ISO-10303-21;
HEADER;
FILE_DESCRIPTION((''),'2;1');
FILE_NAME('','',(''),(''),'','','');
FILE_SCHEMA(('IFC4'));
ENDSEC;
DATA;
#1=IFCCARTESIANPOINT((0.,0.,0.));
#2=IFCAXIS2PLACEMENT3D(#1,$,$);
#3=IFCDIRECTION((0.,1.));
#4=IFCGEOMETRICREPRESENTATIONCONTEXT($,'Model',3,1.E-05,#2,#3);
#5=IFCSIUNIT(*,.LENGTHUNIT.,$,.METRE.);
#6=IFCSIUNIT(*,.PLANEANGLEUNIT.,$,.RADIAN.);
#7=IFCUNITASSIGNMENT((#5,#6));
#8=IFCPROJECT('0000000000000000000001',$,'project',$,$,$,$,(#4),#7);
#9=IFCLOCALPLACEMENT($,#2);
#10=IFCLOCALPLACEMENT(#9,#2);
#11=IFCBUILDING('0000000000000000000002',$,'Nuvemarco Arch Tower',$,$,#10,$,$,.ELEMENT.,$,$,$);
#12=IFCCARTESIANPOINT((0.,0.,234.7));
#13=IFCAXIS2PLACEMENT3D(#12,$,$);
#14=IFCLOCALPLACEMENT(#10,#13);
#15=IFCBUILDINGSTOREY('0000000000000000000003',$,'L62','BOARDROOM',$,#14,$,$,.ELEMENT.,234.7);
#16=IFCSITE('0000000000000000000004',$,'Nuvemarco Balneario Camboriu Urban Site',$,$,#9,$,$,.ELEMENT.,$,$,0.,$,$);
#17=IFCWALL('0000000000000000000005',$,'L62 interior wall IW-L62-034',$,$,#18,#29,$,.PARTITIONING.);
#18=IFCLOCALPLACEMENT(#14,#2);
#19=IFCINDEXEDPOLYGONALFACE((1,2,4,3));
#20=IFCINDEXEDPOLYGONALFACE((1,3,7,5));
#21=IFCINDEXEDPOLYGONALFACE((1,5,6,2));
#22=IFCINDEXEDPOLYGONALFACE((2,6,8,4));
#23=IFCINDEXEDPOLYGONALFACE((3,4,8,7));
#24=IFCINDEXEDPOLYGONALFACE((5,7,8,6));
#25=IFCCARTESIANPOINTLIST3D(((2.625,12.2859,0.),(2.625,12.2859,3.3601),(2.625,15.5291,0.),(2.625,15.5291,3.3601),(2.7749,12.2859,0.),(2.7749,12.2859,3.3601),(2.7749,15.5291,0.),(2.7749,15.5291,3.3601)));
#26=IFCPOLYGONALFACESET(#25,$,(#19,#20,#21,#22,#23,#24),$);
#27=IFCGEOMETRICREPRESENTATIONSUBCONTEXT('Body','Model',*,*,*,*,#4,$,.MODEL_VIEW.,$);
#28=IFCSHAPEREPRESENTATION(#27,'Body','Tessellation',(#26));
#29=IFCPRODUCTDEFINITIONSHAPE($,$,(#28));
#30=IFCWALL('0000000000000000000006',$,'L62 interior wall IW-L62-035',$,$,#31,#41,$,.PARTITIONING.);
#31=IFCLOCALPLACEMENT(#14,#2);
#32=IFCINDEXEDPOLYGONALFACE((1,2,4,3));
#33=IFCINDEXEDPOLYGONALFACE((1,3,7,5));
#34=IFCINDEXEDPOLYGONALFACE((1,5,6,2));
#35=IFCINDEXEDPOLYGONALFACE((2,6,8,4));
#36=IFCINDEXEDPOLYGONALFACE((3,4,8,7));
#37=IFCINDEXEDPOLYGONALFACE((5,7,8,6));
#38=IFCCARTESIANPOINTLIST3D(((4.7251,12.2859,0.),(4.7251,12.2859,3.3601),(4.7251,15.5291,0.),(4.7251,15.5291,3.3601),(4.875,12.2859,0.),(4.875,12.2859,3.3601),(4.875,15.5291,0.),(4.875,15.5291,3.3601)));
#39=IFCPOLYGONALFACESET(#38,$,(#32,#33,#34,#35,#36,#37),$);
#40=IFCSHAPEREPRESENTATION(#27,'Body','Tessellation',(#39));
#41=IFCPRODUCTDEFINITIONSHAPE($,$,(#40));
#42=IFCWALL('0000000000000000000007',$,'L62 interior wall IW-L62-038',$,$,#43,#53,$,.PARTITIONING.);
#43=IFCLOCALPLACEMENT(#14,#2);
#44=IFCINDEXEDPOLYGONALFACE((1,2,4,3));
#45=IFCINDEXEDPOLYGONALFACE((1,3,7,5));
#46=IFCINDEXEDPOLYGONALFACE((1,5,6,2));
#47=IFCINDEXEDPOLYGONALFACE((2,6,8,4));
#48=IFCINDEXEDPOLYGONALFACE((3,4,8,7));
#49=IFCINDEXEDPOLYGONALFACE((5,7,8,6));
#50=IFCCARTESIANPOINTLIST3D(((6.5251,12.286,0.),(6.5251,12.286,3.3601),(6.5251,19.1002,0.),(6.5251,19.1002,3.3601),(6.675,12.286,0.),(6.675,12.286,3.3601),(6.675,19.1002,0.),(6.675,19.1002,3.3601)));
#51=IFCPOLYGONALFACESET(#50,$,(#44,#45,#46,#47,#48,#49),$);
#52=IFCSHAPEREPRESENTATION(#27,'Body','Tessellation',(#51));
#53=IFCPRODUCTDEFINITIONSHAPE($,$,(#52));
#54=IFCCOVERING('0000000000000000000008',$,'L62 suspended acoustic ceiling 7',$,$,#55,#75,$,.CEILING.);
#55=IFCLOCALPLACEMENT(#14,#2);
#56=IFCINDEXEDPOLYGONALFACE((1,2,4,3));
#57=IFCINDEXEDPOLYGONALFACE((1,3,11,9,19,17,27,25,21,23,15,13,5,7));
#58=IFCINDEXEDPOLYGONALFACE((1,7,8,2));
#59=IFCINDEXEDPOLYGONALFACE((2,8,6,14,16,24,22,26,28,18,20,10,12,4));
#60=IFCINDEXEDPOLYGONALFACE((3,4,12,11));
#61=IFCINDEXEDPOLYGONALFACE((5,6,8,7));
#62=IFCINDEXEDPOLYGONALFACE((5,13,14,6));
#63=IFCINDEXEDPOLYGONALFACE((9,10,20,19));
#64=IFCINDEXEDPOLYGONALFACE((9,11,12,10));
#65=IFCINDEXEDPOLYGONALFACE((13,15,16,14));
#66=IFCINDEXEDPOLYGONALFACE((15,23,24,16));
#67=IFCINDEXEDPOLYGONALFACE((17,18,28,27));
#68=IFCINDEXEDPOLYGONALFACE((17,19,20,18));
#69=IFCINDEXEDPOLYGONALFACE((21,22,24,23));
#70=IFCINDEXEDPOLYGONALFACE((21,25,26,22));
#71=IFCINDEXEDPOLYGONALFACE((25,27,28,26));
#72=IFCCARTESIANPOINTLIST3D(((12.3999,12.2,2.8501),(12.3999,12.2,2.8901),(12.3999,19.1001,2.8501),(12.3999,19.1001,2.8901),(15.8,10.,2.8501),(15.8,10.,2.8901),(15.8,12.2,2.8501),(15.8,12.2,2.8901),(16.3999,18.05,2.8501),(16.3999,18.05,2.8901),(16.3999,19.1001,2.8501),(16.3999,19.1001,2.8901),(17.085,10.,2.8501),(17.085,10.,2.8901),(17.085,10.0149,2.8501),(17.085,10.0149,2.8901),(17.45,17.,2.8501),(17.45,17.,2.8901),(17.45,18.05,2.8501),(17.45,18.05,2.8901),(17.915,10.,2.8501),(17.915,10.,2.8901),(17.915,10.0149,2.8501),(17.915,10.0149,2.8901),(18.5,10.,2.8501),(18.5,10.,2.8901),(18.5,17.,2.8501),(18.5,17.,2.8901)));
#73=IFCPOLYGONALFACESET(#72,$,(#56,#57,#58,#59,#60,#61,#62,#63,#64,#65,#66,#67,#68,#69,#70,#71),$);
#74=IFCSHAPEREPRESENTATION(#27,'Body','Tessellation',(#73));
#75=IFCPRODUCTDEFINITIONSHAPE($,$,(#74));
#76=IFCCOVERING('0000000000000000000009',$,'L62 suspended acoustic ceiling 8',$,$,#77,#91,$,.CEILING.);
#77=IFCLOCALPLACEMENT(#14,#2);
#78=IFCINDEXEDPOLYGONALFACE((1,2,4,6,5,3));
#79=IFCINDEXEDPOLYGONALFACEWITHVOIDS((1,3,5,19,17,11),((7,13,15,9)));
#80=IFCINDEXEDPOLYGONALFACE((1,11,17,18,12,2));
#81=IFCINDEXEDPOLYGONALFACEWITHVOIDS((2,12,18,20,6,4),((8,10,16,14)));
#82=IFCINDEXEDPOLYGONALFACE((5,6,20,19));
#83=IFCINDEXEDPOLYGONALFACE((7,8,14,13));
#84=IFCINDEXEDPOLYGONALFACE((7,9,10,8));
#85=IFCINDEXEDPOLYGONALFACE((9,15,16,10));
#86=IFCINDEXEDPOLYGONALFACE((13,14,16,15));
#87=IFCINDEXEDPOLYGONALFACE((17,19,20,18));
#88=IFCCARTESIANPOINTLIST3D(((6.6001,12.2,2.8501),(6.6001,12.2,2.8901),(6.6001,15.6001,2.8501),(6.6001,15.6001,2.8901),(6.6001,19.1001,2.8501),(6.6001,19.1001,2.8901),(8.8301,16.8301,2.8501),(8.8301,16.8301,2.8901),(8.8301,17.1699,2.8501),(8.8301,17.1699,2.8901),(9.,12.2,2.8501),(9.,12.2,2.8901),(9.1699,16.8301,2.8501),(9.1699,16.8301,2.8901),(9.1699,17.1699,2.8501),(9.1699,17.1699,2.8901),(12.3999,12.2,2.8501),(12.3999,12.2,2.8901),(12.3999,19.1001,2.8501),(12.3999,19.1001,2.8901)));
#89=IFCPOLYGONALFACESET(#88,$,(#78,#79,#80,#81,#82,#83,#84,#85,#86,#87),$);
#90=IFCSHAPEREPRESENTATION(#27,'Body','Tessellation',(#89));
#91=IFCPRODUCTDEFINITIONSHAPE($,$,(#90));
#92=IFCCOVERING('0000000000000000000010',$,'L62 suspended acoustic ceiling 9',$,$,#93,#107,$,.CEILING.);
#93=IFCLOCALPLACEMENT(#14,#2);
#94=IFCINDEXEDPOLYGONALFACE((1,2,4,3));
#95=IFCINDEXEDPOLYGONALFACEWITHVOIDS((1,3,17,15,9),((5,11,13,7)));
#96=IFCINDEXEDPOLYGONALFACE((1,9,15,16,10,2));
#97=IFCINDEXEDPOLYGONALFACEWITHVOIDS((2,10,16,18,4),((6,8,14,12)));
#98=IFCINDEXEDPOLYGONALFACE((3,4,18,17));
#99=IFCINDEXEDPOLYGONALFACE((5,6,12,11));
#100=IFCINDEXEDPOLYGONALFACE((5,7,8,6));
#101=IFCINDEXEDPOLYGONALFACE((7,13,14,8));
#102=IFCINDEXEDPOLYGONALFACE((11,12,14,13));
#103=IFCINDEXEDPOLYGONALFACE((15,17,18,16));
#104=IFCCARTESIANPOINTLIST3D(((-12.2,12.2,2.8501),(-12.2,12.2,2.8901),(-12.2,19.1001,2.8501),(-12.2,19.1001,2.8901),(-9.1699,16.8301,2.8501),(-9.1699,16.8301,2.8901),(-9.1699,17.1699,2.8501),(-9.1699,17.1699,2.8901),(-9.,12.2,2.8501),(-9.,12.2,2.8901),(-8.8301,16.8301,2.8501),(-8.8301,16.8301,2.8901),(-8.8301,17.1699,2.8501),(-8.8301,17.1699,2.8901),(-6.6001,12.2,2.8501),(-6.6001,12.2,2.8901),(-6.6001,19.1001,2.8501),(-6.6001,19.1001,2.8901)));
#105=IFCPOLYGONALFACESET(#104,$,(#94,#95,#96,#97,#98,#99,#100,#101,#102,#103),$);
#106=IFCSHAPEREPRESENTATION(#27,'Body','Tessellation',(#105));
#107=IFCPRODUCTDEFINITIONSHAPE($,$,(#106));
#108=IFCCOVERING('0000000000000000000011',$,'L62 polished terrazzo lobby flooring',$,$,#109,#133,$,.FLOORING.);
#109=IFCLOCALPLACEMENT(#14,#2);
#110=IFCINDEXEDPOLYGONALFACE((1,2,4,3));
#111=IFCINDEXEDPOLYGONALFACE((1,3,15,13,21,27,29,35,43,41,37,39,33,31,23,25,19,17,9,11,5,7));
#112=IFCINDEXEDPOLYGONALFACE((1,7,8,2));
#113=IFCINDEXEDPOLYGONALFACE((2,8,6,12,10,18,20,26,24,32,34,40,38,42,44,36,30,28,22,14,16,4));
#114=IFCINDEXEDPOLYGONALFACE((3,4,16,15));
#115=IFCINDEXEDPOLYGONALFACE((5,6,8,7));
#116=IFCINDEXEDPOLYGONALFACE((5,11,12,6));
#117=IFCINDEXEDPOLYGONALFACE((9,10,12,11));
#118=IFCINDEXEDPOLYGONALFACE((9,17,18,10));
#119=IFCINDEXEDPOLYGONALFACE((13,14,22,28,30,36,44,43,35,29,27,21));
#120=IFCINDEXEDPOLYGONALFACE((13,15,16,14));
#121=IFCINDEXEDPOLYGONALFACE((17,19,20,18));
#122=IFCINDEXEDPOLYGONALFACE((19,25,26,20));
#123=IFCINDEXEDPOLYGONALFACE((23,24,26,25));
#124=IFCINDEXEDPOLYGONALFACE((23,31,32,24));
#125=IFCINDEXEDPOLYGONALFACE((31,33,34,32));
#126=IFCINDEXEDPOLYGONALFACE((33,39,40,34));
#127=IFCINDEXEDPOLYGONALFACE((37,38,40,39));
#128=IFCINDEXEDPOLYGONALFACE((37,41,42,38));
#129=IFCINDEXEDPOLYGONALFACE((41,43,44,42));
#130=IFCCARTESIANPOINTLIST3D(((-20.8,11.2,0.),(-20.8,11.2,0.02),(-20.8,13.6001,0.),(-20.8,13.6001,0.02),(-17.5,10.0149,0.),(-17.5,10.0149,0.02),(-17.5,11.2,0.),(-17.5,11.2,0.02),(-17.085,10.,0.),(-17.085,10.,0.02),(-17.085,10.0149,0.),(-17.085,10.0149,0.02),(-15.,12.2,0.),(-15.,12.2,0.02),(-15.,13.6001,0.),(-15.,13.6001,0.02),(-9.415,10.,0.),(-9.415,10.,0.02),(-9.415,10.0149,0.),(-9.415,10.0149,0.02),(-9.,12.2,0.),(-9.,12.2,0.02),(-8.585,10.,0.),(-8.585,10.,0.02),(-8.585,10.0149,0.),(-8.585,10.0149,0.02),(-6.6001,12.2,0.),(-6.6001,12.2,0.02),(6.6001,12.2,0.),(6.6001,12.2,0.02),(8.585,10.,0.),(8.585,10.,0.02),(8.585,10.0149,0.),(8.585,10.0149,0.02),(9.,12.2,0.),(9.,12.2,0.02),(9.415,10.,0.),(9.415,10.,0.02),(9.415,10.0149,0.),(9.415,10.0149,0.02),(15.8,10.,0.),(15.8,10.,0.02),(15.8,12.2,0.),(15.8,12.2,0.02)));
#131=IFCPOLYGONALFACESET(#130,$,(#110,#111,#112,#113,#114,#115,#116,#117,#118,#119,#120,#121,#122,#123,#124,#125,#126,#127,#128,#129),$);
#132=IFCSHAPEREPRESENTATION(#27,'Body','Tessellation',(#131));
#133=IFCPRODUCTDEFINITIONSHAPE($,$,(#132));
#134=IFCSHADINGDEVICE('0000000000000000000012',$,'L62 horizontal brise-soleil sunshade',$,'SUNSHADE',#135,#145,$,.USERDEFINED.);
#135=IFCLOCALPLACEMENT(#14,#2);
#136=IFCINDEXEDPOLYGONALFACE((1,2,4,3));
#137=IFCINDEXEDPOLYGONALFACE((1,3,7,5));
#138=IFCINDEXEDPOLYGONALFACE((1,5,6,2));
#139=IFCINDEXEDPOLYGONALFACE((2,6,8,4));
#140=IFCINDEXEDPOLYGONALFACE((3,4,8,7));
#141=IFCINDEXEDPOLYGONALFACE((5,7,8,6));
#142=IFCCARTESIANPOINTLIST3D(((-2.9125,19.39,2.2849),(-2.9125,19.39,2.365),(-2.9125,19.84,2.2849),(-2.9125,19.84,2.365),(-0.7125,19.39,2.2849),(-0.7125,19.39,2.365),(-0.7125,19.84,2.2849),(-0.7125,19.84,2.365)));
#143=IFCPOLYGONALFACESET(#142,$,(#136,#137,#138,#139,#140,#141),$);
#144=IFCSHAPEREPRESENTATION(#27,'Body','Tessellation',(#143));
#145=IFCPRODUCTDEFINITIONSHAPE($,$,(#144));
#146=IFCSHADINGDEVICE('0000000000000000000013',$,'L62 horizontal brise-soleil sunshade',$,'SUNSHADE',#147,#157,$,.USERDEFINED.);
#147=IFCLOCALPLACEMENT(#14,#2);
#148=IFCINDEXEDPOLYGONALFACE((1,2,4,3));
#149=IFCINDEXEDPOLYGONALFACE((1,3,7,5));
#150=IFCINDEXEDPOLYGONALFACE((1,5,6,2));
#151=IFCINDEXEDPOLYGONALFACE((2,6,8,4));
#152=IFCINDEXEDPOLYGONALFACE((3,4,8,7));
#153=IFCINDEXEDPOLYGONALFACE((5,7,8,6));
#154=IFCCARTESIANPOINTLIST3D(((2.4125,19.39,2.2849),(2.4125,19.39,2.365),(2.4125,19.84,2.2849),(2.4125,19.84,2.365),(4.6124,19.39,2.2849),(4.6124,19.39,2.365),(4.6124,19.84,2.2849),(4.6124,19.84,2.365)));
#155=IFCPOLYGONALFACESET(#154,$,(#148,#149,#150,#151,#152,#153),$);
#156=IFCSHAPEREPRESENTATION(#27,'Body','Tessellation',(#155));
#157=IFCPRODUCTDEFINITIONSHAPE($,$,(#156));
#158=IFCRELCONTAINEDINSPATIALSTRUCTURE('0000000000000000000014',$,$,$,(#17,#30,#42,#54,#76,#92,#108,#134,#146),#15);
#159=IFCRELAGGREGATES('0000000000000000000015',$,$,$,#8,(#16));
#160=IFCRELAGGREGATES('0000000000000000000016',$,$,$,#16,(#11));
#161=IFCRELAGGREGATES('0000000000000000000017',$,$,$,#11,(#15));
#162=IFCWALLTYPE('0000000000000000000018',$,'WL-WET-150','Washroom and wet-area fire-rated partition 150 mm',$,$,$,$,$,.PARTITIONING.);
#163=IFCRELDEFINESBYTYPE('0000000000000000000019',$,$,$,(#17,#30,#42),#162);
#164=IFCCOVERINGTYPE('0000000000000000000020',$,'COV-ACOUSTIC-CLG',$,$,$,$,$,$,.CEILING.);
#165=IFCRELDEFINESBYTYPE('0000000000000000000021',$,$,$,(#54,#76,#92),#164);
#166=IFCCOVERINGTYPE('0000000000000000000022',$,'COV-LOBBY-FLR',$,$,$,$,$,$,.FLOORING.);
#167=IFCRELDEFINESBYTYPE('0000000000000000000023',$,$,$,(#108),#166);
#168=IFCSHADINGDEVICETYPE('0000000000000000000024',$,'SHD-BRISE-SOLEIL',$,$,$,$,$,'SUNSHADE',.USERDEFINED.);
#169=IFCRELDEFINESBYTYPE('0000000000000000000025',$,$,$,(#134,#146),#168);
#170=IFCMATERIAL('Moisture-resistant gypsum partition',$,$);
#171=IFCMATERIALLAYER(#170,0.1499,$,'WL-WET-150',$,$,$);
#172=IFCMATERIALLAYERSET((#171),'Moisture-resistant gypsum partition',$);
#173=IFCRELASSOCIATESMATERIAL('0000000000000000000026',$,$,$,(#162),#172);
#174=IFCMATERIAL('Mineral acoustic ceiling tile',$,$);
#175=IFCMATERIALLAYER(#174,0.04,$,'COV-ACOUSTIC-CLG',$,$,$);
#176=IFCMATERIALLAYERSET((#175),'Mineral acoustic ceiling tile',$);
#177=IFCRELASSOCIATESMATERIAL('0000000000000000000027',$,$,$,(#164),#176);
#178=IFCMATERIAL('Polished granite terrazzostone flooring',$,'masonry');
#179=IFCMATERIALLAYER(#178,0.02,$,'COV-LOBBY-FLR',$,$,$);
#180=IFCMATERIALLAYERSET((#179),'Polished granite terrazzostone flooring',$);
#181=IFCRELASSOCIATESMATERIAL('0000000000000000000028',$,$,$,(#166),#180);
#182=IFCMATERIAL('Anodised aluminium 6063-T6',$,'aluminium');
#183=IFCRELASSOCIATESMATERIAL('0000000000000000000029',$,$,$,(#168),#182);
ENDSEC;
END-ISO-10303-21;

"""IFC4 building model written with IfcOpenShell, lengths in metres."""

from ifc_helpers import new_model, si_unit, direction, frame, frame_2d, origin, origin_2d, place, context, subcontext, project, spatial, polyline, rectangle, outline, extrude, source, transform, mapped, material, layer, layer_set, type_object, type_shapes, element, save


model = new_model("IFC4")

# Units and contexts
model_context = context("Model", 3, precision=1e-05, world=origin(), true_north=direction((0.0, 1.0)))
body_context = subcontext(model_context, "Body", "Model", "MODEL_VIEW")
ifc_project = project(units=[si_unit("LENGTHUNIT", "METRE"), si_unit("PLANEANGLEUNIT", "RADIAN")], contexts=[model_context])

# Site, building, storey
site_placement = place(None, origin())
site = spatial("IfcSite", under=ifc_project, at=site_placement, Name="Nuvemarco Balneario Camboriu Urban Site", CompositionType="ELEMENT", RefElevation=0.0)
building_placement = place(site_placement, origin())
building = spatial("IfcBuilding", under=site, at=building_placement, Name="Nuvemarco Arch Tower", CompositionType="ELEMENT")
storey_placement = place(building_placement, frame((0.0, 0.0, 234.7)))
storey = spatial("IfcBuildingStorey", under=building, at=storey_placement, Name="L62", Description="BOARDROOM", CompositionType="ELEMENT", Elevation=234.7)

# Walls
ifc_material_1 = material(Name="Moisture-resistant gypsum partition")
ifc_layer_1 = layer(ifc_material_1, 0.1499, Name="WL-WET-150")
ifc_layer_set_1 = layer_set([ifc_layer_1], Name="Moisture-resistant gypsum partition")
wall_type_1 = type_object("IfcWallType", Name="WL-WET-150", Description="Washroom and wet-area fire-rated partition 150 mm", PredefinedType="PARTITIONING", material=ifc_layer_set_1)
for number, where, z_axis, x_axis, name in (
    (1, (2.7, 12.2859, 0.0), (0.0, 0.0, 1.0), (0.0, 1.0, 0.0), "L62 interior wall IW-L62-034"),
    (2, (4.8, 12.2859, 0.0), (0.0, 0.0, 1.0), (0.0, 1.0, 0.0), "L62 interior wall IW-L62-035"),
):
    element("IfcWall", number, at=place(storey_placement, frame(where, z_axis=z_axis, x_axis=x_axis)), inside=storey, type_object=wall_type_1, Name=name, PredefinedType="PARTITIONING", context=body_context, shape_type="SweptSolid", body=[
        extrude(rectangle(XDim=3.2432, YDim=0.1499, at=frame_2d((1.6216, 0.0))), origin(), (0.0, 0.0, 1.0), 3.3601),
    ])
wall_1_placement = place(storey_placement, frame((6.6001, 12.2859, 0.0), z_axis=(0.0, 0.0, 1.0), x_axis=(0.0, 1.0, 0.0)))
element("IfcWall", 3, at=wall_1_placement, inside=storey, type_object=wall_type_1, Name="L62 interior wall IW-L62-038", PredefinedType="PARTITIONING", context=body_context, shape_type="SweptSolid", body=[
    extrude(rectangle(XDim=6.8142, YDim=0.1499, at=frame_2d((3.4072, 0.0))), origin(), (0.0, 0.0, 1.0), 3.3601),
])

# Coverings
ifc_material_2 = material(Name="Mineral acoustic ceiling tile")
ifc_layer_2 = layer(ifc_material_2, 0.04, Name="COV-ACOUSTIC-CLG")
ifc_layer_set_2 = layer_set([ifc_layer_2], Name="Mineral acoustic ceiling tile")
covering_type_1 = type_object("IfcCoveringType", Name="COV-ACOUSTIC-CLG", PredefinedType="CEILING", material=ifc_layer_set_2)
covering_1_placement = place(storey_placement, frame((0.0, 0.0, 2.8501)))
element("IfcCovering", 4, at=covering_1_placement, inside=storey, type_object=covering_type_1, Name="L62 suspended acoustic ceiling 7", PredefinedType="CEILING", context=body_context, shape_type="SweptSolid", body=[
    extrude(outline(polyline([(18.5, 17.0), (18.5, 10.0), (17.915, 10.0), (17.915, 10.0149), (17.085, 10.0149), (17.085, 10.0), (15.8, 10.0), (15.8, 12.2), (12.3999, 12.2), (12.3999, 19.1001), (16.3999, 19.1001), (16.3999, 18.05), (17.45, 18.05), (17.45, 17.0), (18.5, 17.0)])), origin(), (0.0, 0.0, 1.0), 0.04),
])
covering_2_placement = place(storey_placement, frame((0.0, 0.0, 2.8501)))
element("IfcCovering", 5, at=covering_2_placement, inside=storey, type_object=covering_type_1, Name="L62 suspended acoustic ceiling 8", PredefinedType="CEILING", context=body_context, shape_type="SweptSolid", body=[
    extrude(outline(polyline([(12.3999, 19.1001), (12.3999, 12.2), (9.0, 12.2), (6.6001, 12.2), (6.6001, 15.6001), (6.6001, 19.1001), (12.3999, 19.1001)]), holes=[polyline([(9.1699, 17.1699), (8.8301, 17.1699), (8.8301, 16.8301), (9.1699, 16.8301), (9.1699, 17.1699)])]), origin(), (0.0, 0.0, 1.0), 0.04),
])
covering_3_placement = place(storey_placement, frame((0.0, 0.0, 2.8501)))
element("IfcCovering", 6, at=covering_3_placement, inside=storey, type_object=covering_type_1, Name="L62 suspended acoustic ceiling 9", PredefinedType="CEILING", context=body_context, shape_type="SweptSolid", body=[
    extrude(outline(polyline([(-6.6001, 12.2), (-9.0, 12.2), (-12.2, 12.2), (-12.2, 19.1001), (-6.6001, 19.1001), (-6.6001, 12.2)]), holes=[polyline([(-8.8301, 17.1699), (-9.1699, 17.1699), (-9.1699, 16.8301), (-8.8301, 16.8301), (-8.8301, 17.1699)])]), origin(), (0.0, 0.0, 1.0), 0.04),
])
ifc_material_3 = material(Name="Polished granite terrazzostone flooring", Category="masonry")
ifc_layer_3 = layer(ifc_material_3, 0.02, Name="COV-LOBBY-FLR")
ifc_layer_set_3 = layer_set([ifc_layer_3], Name="Polished granite terrazzostone flooring")
covering_type_2 = type_object("IfcCoveringType", Name="COV-LOBBY-FLR", PredefinedType="FLOORING", material=ifc_layer_set_3)
covering_4_placement = place(storey_placement, origin())
element("IfcCovering", 7, at=covering_4_placement, inside=storey, type_object=covering_type_2, Name="L62 polished terrazzo lobby flooring", PredefinedType="FLOORING", context=body_context, shape_type="SweptSolid", body=[
    extrude(outline(polyline([(-8.585, 10.0149), (-9.415, 10.0149), (-9.415, 10.0), (-17.085, 10.0), (-17.085, 10.0149), (-17.5, 10.0149), (-17.5, 11.2), (-20.8, 11.2), (-20.8, 13.6001), (-15.0, 13.6001), (-15.0, 12.2), (-9.0, 12.2), (-6.6001, 12.2), (6.6001, 12.2), (9.0, 12.2), (15.8, 12.2), (15.8, 10.0), (9.415, 10.0), (9.415, 10.0149), (8.585, 10.0149), (8.585, 10.0), (-8.585, 10.0), (-8.585, 10.0149)])), origin(), (0.0, 0.0, 1.0), 0.02),
])

# Shading devices
ifc_material_4 = material(Name="Anodised aluminium 6063-T6", Category="aluminium")
shading_device_type = type_object("IfcShadingDeviceType", Name="SHD-BRISE-SOLEIL", ElementType="SUNSHADE", PredefinedType="USERDEFINED", material=ifc_material_4)
shared_shape_1 = source(origin(), body_context, "Body", "SweptSolid", [
    extrude(rectangle(XDim=2.2, YDim=0.45, at=origin_2d()), origin(), (0.0, 0.0, 1.0), 0.0801),
])
type_shapes(shading_device_type, [shared_shape_1])
for number, where, z_axis, x_axis, name in (
    (8, (-1.8125, 19.615, 2.2849), (0.0, 0.0, 1.0), (1.0, 0.0, 0.0), "L62 horizontal brise-soleil sunshade"),
    (9, (3.5125, 19.615, 2.2849), (0.0, 0.0, 1.0), (1.0, 0.0, 0.0), "L62 horizontal brise-soleil sunshade"),
):
    element("IfcShadingDevice", number, at=place(storey_placement, frame(where, z_axis=z_axis, x_axis=x_axis)), inside=storey, type_object=shading_device_type, Name=name, ObjectType="SUNSHADE", PredefinedType="USERDEFINED", context=body_context, shape_type="MappedRepresentation", body=[
        mapped(shared_shape_1, transform((0.0, 0.0, 0.0), scale=1.0)),
    ])

save(model, "model.ifc")
